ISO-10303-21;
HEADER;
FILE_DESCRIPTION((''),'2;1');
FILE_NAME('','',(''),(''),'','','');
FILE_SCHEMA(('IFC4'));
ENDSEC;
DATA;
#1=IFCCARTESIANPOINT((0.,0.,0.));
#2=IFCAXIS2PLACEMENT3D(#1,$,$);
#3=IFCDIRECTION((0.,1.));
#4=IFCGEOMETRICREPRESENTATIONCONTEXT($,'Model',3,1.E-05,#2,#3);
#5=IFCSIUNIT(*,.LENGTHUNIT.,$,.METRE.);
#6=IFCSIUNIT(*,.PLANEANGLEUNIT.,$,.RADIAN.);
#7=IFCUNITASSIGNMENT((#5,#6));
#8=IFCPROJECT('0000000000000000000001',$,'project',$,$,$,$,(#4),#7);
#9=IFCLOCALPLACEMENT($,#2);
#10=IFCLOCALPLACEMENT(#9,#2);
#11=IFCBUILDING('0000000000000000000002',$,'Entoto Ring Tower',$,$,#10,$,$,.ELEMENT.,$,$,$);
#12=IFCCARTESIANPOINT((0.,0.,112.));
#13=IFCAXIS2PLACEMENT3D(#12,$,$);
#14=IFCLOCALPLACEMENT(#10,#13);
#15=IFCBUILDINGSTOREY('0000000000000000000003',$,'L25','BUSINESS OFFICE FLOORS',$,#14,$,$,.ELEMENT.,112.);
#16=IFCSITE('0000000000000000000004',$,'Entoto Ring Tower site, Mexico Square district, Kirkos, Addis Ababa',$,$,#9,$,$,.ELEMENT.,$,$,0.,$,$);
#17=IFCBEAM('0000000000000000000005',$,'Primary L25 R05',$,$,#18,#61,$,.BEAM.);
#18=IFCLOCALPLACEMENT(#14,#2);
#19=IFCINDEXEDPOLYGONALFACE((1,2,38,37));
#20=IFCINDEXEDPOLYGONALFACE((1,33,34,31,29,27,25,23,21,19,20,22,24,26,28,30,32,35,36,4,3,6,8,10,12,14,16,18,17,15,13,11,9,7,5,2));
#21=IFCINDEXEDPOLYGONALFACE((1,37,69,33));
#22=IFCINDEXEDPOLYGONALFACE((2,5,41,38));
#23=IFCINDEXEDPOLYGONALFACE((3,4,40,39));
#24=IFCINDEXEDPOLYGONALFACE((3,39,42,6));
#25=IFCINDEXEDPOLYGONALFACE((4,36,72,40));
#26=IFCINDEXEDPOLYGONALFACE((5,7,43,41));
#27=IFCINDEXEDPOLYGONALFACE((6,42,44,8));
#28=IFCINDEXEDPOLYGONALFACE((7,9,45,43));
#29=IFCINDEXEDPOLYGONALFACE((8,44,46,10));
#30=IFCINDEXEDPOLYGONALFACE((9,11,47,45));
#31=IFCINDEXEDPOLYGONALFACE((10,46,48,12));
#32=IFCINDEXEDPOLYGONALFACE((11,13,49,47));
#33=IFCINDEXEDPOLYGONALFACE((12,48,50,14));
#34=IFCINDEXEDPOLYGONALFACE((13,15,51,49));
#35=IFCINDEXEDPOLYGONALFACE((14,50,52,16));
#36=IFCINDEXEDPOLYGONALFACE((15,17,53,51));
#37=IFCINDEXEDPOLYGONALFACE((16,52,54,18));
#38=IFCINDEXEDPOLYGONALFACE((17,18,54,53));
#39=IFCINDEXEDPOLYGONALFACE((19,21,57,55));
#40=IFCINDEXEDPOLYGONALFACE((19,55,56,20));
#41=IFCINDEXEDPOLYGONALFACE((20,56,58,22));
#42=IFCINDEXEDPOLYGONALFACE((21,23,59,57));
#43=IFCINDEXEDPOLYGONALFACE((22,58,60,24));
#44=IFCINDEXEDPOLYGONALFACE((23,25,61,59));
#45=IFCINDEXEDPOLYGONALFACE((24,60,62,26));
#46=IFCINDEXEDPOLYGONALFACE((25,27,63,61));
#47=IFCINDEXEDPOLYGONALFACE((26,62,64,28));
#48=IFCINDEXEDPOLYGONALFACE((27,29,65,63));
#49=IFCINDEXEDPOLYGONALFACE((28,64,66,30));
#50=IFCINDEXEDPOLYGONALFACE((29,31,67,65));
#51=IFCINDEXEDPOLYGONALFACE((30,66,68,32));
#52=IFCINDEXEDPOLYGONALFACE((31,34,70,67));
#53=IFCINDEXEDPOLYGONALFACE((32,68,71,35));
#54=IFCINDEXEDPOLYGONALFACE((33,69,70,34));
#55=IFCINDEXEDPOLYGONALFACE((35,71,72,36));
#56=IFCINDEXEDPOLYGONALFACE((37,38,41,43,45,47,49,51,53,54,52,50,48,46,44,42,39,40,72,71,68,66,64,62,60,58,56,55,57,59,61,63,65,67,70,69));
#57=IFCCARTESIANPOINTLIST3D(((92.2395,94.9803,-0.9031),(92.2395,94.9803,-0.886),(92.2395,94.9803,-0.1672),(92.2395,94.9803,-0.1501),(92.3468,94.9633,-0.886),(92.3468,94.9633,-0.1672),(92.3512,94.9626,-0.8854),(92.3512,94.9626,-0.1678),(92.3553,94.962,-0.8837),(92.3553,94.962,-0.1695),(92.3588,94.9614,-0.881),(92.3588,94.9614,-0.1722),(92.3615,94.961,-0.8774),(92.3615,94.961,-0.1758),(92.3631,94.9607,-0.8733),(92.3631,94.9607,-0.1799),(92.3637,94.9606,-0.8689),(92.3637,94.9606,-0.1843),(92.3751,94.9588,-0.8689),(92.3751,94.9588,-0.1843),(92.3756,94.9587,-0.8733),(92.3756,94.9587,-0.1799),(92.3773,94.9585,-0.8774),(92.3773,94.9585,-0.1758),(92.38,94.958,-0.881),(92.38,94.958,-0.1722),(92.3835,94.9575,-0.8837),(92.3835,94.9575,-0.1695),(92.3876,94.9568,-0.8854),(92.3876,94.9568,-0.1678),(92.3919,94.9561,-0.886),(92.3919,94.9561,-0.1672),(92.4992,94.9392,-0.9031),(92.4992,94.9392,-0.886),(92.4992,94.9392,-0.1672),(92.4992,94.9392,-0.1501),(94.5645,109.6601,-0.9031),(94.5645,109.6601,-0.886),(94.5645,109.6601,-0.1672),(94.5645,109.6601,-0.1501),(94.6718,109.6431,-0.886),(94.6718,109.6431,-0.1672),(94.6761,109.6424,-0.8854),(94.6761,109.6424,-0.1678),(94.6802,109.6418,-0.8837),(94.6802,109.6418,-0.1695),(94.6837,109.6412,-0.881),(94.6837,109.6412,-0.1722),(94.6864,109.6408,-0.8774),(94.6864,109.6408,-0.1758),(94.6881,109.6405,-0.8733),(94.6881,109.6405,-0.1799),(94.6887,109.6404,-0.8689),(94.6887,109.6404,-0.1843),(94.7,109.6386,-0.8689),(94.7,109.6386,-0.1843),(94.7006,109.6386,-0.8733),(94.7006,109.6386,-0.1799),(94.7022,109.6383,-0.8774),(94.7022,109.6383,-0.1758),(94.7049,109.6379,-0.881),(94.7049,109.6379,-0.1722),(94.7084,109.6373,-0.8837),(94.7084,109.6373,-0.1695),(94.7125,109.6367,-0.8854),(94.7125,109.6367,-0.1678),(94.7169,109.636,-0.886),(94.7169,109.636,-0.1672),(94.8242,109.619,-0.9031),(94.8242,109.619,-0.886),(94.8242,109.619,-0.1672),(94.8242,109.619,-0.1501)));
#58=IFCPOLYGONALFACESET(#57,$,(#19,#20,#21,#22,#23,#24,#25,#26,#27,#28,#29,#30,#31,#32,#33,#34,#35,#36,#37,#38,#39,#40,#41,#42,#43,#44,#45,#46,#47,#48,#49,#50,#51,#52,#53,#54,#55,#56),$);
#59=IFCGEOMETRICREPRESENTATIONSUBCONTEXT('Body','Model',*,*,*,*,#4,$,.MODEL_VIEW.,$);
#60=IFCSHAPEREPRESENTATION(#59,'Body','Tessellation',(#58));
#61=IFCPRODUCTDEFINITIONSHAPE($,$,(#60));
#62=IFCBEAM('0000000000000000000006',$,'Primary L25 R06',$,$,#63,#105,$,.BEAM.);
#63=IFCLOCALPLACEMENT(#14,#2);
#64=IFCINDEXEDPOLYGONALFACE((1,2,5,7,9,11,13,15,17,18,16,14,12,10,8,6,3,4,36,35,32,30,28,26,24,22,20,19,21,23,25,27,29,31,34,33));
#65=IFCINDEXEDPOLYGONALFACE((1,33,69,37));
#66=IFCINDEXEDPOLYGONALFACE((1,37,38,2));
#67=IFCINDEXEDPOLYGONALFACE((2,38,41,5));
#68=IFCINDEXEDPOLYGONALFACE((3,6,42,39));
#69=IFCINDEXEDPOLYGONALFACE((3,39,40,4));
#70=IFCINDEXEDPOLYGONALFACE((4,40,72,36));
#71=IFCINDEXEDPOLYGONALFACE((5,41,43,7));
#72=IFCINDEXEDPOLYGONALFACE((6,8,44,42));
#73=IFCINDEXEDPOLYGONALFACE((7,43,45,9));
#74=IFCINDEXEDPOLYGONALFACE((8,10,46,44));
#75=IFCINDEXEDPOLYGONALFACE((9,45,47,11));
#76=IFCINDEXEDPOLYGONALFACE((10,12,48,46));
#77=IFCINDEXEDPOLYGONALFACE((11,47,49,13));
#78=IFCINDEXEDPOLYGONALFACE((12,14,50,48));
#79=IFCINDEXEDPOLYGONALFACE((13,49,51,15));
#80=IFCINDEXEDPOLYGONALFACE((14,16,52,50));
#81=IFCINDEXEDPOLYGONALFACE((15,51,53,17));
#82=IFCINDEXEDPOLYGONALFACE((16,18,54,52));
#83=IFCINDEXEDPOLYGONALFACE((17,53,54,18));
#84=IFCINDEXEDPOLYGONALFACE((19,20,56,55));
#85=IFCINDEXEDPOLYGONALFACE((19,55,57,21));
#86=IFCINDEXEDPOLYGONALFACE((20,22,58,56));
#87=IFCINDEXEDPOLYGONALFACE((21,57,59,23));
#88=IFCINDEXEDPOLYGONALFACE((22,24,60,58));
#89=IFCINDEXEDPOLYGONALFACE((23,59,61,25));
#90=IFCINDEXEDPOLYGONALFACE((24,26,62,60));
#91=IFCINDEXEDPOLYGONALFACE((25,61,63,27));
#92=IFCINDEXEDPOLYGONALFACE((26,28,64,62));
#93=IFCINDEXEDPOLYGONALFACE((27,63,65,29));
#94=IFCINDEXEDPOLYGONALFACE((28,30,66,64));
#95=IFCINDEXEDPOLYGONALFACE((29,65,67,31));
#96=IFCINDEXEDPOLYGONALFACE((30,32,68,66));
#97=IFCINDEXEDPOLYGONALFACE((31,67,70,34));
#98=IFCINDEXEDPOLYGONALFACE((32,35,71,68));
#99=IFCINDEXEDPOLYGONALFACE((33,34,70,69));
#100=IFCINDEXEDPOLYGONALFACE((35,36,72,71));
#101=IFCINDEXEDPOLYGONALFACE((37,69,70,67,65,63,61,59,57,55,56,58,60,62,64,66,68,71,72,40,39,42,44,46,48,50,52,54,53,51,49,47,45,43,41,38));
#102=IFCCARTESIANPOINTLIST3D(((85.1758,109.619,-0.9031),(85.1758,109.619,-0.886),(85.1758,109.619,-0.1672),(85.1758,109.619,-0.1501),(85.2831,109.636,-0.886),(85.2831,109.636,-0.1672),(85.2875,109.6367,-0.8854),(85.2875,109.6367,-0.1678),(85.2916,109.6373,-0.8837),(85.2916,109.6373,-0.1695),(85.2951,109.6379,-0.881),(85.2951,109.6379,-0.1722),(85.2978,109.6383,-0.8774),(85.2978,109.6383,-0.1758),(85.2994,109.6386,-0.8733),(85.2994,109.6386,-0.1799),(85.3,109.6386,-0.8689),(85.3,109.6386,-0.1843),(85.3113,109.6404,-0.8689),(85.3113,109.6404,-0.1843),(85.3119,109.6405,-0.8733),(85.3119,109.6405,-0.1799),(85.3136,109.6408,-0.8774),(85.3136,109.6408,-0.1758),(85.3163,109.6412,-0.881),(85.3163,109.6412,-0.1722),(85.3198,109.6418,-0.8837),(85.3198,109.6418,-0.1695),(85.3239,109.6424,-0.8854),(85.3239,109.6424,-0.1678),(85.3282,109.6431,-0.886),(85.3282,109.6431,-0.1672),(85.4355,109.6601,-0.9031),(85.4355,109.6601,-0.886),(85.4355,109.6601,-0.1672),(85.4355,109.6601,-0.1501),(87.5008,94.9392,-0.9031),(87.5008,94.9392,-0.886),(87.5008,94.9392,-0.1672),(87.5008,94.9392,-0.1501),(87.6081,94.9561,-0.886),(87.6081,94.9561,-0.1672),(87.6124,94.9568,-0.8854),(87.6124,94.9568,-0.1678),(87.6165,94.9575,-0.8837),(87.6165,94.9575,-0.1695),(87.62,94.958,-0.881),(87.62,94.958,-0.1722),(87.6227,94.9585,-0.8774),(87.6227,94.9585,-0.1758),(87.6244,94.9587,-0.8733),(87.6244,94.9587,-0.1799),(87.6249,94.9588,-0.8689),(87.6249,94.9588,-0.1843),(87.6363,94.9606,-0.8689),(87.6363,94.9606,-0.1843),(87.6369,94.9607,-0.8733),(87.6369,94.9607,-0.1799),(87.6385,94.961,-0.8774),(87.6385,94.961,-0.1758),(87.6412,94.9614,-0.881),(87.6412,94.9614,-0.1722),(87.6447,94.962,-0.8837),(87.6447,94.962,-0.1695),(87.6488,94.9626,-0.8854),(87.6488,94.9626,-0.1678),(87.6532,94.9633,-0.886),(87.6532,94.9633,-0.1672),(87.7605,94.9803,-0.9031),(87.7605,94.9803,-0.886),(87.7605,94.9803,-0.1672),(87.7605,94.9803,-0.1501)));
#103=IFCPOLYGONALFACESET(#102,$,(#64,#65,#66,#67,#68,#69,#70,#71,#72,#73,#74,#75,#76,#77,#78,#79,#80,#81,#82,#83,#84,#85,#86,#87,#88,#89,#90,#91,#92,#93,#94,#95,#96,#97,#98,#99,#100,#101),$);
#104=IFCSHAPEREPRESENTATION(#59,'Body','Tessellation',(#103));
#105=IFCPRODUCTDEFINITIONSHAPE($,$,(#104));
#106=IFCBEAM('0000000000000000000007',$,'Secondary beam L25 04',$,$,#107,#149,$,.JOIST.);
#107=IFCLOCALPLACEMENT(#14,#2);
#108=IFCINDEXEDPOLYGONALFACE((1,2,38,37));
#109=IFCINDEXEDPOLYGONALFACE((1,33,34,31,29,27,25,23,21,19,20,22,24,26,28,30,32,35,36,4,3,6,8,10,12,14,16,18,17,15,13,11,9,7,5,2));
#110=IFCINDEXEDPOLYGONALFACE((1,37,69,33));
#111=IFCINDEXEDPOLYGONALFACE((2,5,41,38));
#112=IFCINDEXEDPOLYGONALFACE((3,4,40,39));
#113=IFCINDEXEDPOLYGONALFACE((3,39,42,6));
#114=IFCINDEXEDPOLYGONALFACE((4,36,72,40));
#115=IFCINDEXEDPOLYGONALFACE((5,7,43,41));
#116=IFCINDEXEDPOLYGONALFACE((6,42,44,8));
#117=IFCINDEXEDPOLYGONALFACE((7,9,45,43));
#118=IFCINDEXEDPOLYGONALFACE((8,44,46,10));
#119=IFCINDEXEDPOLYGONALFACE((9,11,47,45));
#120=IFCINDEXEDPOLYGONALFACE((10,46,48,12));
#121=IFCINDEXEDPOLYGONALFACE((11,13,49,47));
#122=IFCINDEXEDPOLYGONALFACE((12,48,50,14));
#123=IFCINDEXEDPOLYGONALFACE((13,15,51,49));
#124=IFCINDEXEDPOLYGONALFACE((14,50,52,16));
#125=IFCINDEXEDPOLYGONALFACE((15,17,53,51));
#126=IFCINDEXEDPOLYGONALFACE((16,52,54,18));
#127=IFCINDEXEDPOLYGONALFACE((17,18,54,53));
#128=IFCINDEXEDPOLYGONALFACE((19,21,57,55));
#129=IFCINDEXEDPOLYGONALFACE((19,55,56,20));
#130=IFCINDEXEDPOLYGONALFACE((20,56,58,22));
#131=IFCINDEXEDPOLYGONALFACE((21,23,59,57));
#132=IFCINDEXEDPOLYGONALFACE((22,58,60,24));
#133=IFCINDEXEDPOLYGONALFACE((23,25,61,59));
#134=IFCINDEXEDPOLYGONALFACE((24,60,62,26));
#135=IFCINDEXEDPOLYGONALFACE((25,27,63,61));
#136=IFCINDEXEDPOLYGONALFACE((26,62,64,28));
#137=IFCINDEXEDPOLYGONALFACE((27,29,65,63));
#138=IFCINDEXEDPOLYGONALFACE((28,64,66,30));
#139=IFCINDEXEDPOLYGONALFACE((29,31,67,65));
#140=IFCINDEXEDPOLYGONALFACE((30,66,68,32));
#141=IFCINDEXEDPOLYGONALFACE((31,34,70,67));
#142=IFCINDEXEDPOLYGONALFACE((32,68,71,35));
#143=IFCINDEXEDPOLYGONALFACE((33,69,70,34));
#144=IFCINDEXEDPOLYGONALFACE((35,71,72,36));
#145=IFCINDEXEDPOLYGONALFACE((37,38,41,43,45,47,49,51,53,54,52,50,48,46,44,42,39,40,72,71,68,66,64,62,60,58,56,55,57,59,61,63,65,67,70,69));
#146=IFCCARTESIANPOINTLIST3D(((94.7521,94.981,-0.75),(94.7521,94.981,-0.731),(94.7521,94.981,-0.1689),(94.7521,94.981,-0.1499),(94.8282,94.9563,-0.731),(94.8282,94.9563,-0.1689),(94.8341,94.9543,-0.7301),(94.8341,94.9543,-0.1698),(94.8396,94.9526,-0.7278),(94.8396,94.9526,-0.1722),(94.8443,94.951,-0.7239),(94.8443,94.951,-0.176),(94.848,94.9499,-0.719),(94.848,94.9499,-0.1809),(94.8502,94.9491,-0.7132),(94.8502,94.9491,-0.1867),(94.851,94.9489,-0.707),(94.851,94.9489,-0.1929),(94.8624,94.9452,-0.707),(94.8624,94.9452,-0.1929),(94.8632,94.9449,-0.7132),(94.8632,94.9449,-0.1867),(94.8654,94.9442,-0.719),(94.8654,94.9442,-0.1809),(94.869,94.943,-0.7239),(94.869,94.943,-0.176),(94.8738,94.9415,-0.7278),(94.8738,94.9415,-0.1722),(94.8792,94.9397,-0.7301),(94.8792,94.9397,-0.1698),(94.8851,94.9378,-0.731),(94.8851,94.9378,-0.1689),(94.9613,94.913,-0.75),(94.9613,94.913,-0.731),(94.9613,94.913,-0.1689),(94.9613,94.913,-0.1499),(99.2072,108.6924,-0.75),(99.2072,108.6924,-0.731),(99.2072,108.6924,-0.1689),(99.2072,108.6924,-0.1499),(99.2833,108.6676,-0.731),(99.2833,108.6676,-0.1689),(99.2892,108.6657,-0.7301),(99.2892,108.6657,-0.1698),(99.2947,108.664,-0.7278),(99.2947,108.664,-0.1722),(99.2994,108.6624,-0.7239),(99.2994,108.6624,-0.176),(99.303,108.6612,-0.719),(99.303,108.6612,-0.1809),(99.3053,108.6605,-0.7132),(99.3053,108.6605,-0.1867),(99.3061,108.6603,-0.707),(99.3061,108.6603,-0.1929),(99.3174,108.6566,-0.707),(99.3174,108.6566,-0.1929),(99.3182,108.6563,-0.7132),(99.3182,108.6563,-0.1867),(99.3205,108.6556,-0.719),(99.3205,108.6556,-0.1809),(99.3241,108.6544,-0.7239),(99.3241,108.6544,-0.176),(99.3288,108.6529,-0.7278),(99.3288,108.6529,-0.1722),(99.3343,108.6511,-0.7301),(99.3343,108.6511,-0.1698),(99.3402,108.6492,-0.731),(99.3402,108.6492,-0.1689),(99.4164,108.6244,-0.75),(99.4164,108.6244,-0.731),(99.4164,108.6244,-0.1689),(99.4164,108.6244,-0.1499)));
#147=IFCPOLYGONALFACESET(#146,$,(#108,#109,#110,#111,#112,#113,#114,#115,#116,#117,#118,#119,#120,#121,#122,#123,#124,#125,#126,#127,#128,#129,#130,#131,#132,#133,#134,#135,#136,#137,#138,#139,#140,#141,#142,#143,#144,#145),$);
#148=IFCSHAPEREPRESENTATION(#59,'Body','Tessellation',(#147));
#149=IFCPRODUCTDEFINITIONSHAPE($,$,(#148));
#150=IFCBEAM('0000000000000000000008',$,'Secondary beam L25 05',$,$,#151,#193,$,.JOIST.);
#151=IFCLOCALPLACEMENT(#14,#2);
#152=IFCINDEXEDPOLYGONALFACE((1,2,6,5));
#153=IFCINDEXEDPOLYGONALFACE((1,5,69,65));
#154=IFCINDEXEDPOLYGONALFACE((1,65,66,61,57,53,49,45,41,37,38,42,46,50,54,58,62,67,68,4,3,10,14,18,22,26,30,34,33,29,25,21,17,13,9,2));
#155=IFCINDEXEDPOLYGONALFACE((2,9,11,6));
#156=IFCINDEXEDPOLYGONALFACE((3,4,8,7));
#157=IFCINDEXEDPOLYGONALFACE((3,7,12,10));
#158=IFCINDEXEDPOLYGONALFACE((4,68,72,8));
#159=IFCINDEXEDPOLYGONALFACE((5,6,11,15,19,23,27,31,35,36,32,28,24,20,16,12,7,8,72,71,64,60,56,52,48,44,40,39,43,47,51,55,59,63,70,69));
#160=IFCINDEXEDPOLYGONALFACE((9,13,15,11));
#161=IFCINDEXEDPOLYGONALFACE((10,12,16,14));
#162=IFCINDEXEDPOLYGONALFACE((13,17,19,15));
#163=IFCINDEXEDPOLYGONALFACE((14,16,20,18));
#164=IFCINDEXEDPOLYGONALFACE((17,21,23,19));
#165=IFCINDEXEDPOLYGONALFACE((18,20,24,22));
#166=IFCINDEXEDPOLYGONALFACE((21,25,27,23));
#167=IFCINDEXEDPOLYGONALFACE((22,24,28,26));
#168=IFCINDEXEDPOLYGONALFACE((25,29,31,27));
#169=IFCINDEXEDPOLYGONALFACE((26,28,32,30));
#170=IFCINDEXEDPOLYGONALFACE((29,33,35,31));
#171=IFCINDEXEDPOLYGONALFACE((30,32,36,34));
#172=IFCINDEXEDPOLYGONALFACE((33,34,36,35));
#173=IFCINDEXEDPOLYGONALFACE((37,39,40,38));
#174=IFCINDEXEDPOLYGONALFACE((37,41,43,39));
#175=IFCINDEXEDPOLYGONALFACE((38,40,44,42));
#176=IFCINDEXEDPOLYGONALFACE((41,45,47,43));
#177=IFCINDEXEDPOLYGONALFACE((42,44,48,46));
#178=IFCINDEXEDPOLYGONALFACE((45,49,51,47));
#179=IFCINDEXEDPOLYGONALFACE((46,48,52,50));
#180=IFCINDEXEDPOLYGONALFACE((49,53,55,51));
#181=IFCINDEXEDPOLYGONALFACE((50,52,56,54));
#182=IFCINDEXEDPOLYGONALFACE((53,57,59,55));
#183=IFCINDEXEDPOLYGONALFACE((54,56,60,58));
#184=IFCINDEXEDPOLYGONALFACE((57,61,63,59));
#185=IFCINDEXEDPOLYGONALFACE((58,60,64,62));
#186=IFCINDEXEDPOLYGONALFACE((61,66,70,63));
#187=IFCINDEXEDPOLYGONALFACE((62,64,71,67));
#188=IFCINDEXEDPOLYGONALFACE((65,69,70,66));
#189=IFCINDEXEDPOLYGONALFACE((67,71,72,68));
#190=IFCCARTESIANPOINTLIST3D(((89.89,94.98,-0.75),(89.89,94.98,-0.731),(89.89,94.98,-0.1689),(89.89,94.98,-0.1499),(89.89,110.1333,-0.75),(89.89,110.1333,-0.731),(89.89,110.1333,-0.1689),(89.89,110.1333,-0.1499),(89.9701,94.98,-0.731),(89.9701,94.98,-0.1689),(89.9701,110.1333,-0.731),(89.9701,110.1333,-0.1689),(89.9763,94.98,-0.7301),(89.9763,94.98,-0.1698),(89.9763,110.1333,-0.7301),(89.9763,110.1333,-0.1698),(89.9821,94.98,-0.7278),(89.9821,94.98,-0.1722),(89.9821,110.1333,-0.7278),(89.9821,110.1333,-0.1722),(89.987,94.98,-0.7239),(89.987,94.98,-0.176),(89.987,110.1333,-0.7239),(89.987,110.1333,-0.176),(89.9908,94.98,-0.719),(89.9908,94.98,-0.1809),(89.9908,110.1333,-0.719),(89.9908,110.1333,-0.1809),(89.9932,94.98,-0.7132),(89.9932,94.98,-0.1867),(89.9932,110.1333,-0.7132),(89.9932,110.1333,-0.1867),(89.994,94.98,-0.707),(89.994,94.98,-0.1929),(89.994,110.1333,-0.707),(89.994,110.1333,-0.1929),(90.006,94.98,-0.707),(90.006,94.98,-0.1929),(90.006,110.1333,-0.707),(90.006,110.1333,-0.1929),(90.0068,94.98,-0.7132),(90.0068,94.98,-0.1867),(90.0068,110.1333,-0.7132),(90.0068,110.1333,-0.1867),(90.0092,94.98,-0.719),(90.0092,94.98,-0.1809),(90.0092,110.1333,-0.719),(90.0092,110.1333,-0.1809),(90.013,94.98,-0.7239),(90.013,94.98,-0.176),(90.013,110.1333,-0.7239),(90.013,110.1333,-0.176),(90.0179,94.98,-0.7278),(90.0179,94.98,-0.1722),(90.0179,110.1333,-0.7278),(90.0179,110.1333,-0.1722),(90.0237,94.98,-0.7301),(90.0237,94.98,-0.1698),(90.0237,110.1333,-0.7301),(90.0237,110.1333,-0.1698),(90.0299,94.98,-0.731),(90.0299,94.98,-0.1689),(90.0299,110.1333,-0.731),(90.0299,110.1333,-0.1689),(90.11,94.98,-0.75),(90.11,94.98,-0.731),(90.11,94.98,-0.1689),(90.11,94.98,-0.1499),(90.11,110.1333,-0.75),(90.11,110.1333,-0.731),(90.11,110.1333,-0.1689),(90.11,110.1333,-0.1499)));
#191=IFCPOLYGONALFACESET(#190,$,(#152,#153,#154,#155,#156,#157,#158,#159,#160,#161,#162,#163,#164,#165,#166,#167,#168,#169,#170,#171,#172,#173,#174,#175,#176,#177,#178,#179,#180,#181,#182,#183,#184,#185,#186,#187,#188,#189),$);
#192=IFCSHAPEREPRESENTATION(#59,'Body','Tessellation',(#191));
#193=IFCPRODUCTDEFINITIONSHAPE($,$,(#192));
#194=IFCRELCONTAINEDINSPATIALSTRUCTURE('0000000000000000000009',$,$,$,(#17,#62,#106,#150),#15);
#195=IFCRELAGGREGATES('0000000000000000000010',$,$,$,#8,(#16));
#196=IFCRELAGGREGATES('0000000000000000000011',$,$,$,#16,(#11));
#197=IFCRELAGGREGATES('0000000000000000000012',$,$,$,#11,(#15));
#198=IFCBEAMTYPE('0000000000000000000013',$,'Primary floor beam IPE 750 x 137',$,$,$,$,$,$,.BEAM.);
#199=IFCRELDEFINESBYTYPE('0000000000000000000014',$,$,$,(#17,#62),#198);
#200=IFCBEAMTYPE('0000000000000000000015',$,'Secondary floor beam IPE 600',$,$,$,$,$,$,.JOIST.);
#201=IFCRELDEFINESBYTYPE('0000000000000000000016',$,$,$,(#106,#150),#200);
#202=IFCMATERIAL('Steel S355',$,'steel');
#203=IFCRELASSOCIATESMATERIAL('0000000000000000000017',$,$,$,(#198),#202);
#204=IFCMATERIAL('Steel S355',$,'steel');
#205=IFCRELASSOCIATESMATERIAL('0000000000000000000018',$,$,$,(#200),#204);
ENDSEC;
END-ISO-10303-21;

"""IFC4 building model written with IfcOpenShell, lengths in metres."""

from ifc_helpers import new_model, si_unit, direction, frame, origin, origin_2d, place, context, subcontext, project, spatial, i_section, extrude, material, material_profile, profile_set, type_object, element, save


model = new_model("IFC4")

# Units and contexts
model_context = context("Model", 3, precision=1e-05, world=origin(), true_north=direction((0.0, 1.0)))
body_context = subcontext(model_context, "Body", "Model", "MODEL_VIEW")
ifc_project = project(units=[si_unit("LENGTHUNIT", "METRE"), si_unit("PLANEANGLEUNIT", "RADIAN")], contexts=[model_context])

# Site, building, storey
site_placement = place(None, origin())
site = spatial("IfcSite", under=ifc_project, at=site_placement, Name="Entoto Ring Tower site, Mexico Square district, Kirkos, Addis Ababa", CompositionType="ELEMENT", RefElevation=0.0)
building_placement = place(site_placement, origin())
building = spatial("IfcBuilding", under=site, at=building_placement, Name="Entoto Ring Tower", CompositionType="ELEMENT")
storey_placement = place(building_placement, frame((0.0, 0.0, 112.0)))
storey = spatial("IfcBuildingStorey", under=building, at=storey_placement, Name="L25", Description="BUSINESS OFFICE FLOORS", CompositionType="ELEMENT", Elevation=112.0)

# Beams
ifc_material_1 = material(Name="Steel S355", Category="steel")
ifc_material_profile_1 = material_profile(ifc_material_1, i_section(OverallWidth=0.2629, OverallDepth=0.7529, WebThickness=0.0115, FlangeThickness=0.0171, FilletRadius=0.0171, at=origin_2d()), Name="IPE 750 x 137")
ifc_profile_set_1 = profile_set([ifc_material_profile_1], Name="Steel S355")
beam_type_1 = type_object("IfcBeamType", Name="Primary floor beam IPE 750 x 137", PredefinedType="BEAM", material=ifc_profile_set_1)
for number, where, z_axis, x_axis, name in (
    (1, (92.3694, 94.9597, -0.5266), (0.156426, 0.98769, 0.0), (-0.98769, 0.156426, 0.0), "Primary L25 R05"),
    (2, (87.6306, 94.9597, -0.5266), (-0.156426, 0.98769, 0.0), (-0.98769, -0.156426, 0.0), "Primary L25 R06"),
):
    element("IfcBeam", number, at=place(storey_placement, frame(where, z_axis=z_axis, x_axis=x_axis)), inside=storey, type_object=beam_type_1, Name=name, PredefinedType="BEAM", context=body_context, shape_type="SweptSolid", body=[
        extrude(i_section(OverallWidth=0.2629, OverallDepth=0.7529, WebThickness=0.0115, FlangeThickness=0.0171, FilletRadius=0.0171, at=origin_2d()), origin(), (0.0, 0.0, 1.0), 14.8628),
    ])
ifc_material_2 = material(Name="Steel S355", Category="steel")
ifc_material_profile_2 = material_profile(ifc_material_2, i_section(OverallWidth=0.22, OverallDepth=0.6001, WebThickness=0.012, FlangeThickness=0.019, FilletRadius=0.0239, at=origin_2d()), Name="IPE 600")
ifc_profile_set_2 = profile_set([ifc_material_profile_2], Name="Steel S355")
beam_type_2 = type_object("IfcBeamType", Name="Secondary floor beam IPE 600", PredefinedType="JOIST", material=ifc_profile_set_2)
beam_1_placement = place(storey_placement, frame((94.8567, 94.947, -0.45), z_axis=(0.309015, 0.951057, 0.0), x_axis=(-0.951057, 0.309015, 0.0)))
element("IfcBeam", 3, at=beam_1_placement, inside=storey, type_object=beam_type_2, Name="Secondary beam L25 04", PredefinedType="JOIST", context=body_context, shape_type="SweptSolid", body=[
    extrude(i_section(OverallWidth=0.22, OverallDepth=0.6001, WebThickness=0.012, FlangeThickness=0.019, FilletRadius=0.0239, at=origin_2d()), origin(), (0.0, 0.0, 1.0), 14.417),
])
beam_2_placement = place(storey_placement, frame((90.0, 94.98, -0.45), z_axis=(0.0, 1.0, 0.0), x_axis=(-1.0, 0.0, 0.0)))
element("IfcBeam", 4, at=beam_2_placement, inside=storey, type_object=beam_type_2, Name="Secondary beam L25 05", PredefinedType="JOIST", context=body_context, shape_type="SweptSolid", body=[
    extrude(i_section(OverallWidth=0.22, OverallDepth=0.6001, WebThickness=0.012, FlangeThickness=0.019, FilletRadius=0.0239, at=origin_2d()), origin(), (0.0, 0.0, 1.0), 15.1533),
])

save(model, "model.ifc")
